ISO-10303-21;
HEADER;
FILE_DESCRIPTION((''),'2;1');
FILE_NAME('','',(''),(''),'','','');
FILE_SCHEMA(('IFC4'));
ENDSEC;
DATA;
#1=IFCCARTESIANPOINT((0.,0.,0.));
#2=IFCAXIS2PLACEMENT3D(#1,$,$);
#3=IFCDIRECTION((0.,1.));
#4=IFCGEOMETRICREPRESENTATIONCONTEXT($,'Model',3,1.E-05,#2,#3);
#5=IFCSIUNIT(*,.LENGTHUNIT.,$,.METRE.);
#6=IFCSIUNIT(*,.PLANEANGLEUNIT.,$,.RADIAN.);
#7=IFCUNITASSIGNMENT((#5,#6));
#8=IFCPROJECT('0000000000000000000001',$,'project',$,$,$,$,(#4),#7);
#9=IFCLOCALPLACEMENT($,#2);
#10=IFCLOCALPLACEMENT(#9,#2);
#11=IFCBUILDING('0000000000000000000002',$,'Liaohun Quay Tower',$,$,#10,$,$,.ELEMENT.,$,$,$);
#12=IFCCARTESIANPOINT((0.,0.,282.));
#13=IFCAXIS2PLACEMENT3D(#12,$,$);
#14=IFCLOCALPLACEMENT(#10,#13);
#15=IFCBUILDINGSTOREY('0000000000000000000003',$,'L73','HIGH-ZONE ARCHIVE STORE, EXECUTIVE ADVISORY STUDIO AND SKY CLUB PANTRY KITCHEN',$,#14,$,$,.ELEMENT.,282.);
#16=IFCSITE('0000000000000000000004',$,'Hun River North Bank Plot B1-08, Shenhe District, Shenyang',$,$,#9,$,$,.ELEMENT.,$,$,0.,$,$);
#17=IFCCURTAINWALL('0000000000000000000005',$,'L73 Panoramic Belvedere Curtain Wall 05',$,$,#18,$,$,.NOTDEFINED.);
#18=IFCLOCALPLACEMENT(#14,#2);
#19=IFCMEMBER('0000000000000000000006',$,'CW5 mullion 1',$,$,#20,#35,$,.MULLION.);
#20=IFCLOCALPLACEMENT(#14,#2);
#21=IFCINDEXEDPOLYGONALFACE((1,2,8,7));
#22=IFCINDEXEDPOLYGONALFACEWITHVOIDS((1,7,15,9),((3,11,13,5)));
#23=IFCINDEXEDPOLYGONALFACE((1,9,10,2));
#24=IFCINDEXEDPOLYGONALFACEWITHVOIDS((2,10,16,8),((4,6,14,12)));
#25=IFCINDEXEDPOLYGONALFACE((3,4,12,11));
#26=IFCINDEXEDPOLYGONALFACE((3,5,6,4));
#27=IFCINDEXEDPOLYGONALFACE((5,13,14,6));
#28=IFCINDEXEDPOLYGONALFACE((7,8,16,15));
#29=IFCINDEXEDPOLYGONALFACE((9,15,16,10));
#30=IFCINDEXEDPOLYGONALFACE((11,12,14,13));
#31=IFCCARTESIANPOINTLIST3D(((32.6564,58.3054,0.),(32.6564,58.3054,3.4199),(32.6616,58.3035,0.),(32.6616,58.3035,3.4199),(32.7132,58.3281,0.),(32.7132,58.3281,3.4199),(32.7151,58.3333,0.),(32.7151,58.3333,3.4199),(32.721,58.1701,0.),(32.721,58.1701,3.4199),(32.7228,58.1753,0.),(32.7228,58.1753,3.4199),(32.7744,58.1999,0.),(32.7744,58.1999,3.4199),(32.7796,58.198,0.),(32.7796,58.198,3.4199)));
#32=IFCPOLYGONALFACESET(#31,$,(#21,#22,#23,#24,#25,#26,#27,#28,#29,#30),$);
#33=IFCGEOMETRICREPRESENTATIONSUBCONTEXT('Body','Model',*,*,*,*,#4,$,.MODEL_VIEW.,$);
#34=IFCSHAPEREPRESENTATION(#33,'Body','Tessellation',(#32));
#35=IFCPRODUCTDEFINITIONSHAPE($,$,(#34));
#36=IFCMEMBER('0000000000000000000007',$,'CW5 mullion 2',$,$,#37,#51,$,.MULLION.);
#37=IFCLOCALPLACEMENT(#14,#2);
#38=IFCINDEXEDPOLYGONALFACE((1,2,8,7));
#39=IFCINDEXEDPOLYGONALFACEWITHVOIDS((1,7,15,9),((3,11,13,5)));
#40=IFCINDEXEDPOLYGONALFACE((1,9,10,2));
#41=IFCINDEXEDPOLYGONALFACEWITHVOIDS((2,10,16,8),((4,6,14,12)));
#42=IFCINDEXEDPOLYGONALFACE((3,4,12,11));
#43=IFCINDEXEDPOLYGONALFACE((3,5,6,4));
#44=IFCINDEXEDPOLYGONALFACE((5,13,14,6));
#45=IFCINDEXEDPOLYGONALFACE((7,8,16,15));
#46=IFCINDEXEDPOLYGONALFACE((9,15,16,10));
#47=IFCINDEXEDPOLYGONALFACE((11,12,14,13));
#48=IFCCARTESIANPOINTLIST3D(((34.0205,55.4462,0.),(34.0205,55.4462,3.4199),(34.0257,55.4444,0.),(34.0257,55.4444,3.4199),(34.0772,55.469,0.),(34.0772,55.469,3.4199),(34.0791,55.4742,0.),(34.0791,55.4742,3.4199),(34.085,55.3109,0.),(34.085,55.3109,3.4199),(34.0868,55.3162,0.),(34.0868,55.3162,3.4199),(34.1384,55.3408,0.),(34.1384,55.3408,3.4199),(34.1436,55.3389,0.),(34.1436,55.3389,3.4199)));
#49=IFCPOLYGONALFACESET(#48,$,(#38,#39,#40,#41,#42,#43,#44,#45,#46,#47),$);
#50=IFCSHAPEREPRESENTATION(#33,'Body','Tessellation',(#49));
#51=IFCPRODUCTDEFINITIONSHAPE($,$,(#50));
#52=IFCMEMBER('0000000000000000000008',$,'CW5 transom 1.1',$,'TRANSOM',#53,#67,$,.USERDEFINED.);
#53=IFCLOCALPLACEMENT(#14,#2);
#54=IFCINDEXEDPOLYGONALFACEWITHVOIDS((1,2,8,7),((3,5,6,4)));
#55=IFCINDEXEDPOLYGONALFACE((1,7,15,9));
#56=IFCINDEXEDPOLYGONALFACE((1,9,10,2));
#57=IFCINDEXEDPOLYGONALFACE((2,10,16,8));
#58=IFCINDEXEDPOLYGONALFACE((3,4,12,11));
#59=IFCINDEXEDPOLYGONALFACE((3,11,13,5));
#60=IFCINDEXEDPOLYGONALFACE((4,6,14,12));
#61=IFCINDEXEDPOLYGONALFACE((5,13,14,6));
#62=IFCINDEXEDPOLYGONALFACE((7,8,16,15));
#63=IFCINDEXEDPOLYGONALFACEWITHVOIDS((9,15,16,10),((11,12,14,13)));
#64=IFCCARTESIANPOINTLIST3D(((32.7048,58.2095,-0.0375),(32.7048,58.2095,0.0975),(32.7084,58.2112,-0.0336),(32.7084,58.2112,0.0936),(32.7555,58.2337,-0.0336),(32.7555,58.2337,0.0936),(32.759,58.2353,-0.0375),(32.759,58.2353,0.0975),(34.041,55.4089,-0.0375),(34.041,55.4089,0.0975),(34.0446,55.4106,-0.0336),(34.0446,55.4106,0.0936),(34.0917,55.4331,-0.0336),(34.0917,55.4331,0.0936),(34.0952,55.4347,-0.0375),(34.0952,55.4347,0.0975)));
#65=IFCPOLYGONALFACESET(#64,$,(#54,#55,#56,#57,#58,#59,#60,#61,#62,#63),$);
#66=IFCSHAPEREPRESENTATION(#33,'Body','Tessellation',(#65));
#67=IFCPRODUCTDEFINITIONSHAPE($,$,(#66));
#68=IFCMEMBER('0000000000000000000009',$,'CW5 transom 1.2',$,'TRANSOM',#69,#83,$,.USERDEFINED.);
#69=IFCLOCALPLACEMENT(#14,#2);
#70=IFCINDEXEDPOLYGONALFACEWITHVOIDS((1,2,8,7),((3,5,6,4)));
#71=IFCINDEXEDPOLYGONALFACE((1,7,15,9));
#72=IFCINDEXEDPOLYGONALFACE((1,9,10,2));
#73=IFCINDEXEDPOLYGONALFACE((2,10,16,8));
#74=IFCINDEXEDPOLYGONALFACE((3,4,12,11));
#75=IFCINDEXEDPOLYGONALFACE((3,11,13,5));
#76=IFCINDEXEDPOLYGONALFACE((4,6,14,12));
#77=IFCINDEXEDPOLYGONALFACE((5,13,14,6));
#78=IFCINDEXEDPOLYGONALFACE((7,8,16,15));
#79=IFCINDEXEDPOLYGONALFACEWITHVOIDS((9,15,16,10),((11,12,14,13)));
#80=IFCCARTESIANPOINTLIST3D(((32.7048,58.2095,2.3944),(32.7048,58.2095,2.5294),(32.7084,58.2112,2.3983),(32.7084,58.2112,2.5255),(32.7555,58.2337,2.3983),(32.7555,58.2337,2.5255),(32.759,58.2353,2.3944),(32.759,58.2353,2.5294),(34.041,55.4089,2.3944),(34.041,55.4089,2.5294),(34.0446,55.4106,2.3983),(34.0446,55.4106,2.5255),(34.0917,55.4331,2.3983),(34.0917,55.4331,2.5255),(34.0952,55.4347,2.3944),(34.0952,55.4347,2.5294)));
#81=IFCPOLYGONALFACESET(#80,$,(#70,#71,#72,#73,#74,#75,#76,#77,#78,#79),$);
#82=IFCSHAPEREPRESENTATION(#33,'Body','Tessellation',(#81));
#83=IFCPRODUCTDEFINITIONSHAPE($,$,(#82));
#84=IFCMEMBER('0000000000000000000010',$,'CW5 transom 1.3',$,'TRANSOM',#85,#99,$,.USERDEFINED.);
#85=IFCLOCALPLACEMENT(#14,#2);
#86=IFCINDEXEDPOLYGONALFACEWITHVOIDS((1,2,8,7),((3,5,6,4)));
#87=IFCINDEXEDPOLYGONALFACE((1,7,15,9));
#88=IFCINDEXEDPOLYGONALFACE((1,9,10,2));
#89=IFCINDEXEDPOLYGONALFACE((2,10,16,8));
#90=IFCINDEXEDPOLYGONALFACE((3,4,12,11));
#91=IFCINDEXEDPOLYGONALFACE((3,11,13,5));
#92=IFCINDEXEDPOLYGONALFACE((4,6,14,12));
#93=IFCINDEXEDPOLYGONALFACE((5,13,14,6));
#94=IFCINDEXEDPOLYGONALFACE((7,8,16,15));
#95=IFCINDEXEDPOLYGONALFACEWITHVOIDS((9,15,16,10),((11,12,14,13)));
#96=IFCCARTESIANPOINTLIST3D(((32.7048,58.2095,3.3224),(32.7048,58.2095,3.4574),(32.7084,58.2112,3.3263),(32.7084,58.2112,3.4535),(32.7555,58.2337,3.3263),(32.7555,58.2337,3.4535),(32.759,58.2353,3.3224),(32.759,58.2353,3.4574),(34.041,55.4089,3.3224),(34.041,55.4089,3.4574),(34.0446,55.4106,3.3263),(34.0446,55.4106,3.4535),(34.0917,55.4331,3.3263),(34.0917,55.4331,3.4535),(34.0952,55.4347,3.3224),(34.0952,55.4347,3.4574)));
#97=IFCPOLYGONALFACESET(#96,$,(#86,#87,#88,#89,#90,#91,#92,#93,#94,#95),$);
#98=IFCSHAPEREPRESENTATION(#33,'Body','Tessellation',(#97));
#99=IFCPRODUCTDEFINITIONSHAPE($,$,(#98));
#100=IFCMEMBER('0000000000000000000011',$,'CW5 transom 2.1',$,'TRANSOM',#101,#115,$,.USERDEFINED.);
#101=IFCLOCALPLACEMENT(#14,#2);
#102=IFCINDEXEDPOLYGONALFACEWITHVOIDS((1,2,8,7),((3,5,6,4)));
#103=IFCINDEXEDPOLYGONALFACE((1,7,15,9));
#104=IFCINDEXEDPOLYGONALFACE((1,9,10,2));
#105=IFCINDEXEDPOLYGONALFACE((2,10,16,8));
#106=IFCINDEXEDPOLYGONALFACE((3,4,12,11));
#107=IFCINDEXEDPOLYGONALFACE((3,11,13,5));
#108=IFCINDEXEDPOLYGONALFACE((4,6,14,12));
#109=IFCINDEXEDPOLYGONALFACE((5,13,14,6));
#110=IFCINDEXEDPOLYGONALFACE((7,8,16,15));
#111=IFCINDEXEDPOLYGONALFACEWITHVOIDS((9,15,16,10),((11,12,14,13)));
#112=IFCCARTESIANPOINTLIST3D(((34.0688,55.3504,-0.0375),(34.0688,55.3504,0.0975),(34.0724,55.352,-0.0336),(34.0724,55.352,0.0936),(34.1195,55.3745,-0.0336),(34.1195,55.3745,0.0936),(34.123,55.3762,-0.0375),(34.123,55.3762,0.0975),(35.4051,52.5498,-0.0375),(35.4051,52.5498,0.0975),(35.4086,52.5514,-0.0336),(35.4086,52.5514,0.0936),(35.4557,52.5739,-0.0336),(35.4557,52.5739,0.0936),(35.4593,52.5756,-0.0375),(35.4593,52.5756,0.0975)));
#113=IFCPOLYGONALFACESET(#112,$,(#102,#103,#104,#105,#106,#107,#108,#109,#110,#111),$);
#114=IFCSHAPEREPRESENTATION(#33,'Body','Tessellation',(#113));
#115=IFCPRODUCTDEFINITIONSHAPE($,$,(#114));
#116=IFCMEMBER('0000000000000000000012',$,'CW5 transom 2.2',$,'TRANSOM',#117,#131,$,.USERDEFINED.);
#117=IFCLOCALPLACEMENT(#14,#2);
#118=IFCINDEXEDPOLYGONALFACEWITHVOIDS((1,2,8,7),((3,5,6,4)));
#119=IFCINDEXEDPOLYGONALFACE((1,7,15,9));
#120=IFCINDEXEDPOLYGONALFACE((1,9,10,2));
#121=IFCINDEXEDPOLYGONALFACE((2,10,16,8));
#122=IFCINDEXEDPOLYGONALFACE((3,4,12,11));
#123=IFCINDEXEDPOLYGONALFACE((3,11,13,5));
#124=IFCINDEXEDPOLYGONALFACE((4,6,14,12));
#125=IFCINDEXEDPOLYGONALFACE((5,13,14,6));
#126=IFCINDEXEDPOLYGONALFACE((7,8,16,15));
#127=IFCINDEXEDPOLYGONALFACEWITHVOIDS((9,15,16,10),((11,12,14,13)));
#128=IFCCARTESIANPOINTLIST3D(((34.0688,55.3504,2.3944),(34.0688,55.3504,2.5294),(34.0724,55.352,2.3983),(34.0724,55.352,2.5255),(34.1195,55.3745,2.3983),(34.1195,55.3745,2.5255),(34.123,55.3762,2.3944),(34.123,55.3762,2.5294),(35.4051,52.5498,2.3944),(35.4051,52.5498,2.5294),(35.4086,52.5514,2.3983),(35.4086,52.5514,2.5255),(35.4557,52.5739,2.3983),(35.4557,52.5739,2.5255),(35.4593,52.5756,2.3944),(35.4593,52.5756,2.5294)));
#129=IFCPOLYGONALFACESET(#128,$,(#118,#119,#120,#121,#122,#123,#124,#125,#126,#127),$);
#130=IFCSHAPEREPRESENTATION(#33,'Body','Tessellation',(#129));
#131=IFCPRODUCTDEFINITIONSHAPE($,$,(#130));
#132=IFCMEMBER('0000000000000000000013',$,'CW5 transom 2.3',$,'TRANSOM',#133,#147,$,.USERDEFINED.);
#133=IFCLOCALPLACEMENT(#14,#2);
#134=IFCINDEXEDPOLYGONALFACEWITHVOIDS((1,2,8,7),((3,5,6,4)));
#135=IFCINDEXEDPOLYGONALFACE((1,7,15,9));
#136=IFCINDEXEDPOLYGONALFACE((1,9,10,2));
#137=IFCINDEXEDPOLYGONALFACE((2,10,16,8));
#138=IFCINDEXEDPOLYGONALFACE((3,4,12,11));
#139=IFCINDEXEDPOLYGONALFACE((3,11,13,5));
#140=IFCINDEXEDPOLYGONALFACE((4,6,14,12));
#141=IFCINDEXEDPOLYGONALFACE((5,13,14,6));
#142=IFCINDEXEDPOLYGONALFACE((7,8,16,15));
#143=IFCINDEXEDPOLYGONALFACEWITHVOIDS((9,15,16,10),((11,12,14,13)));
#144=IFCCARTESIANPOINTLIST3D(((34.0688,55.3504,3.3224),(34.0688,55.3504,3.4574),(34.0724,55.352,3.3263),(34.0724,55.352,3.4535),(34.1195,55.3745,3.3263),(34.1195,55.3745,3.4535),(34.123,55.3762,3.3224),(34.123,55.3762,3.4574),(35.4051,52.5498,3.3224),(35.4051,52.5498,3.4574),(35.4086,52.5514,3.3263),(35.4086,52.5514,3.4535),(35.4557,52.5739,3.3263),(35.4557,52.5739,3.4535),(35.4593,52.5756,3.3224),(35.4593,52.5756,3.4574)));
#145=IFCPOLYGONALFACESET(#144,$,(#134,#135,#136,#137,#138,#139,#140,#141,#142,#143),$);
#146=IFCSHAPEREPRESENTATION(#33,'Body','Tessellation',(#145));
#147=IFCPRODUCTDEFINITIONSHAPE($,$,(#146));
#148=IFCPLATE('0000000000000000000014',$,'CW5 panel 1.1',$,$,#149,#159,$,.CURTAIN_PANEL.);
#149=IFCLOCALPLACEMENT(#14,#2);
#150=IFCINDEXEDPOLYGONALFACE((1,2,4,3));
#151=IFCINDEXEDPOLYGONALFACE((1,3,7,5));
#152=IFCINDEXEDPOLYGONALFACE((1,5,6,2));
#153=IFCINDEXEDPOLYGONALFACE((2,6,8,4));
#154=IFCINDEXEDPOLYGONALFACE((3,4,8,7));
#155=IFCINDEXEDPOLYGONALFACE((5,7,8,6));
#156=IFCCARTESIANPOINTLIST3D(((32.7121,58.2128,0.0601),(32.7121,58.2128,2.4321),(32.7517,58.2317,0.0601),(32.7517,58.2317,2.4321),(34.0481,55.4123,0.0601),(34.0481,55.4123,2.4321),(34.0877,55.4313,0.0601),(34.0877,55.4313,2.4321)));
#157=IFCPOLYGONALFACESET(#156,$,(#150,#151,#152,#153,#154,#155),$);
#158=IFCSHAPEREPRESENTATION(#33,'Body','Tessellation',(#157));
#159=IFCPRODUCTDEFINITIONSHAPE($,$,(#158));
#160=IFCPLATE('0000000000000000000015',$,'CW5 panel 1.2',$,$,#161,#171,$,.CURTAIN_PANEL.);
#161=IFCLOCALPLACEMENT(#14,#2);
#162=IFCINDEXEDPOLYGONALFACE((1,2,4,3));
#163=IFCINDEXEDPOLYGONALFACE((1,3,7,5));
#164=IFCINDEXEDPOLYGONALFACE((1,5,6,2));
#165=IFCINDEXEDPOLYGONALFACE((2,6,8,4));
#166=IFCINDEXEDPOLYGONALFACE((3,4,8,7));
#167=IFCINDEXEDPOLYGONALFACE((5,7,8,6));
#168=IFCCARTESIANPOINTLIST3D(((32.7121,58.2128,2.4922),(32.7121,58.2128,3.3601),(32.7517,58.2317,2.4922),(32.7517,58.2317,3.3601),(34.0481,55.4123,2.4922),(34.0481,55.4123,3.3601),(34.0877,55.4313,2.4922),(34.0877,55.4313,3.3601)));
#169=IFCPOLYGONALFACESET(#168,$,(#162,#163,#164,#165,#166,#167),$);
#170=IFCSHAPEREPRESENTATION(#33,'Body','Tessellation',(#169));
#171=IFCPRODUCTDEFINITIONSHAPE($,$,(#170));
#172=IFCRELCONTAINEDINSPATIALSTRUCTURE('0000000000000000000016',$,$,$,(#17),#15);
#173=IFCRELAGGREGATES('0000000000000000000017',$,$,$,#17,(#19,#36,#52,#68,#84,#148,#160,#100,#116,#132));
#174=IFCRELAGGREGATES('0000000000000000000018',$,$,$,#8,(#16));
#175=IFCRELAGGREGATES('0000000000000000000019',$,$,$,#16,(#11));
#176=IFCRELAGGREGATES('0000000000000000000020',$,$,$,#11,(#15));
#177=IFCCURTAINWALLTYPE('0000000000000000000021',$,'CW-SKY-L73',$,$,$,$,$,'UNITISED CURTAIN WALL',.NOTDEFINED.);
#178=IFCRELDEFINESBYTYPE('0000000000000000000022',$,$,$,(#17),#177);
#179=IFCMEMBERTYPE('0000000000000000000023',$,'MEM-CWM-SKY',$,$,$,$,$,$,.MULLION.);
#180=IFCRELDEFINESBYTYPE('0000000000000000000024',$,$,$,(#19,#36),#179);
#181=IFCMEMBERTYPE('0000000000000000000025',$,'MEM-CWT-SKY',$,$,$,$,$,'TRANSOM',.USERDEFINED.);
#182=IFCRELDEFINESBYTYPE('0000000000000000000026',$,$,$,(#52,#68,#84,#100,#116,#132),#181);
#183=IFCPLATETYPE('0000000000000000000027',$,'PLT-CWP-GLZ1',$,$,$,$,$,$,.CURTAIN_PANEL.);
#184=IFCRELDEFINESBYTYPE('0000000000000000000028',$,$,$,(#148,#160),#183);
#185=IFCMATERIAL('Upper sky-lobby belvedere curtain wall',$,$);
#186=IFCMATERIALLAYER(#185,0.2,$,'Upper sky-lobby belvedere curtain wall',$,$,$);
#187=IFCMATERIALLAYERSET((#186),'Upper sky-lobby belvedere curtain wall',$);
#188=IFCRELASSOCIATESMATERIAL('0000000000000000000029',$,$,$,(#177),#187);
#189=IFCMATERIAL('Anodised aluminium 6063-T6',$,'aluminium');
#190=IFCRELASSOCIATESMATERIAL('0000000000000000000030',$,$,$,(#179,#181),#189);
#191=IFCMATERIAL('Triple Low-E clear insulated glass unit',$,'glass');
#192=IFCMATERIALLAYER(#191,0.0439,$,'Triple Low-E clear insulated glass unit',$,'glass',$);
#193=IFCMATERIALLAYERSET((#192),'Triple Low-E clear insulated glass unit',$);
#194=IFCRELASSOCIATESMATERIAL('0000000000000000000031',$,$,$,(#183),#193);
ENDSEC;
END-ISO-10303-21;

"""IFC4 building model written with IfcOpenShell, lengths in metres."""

from ifc_helpers import new_model, si_unit, direction, frame, origin, origin_2d, place, context, subcontext, project, spatial, rectangle, hollow_rectangle, extrude, source, transform, mapped, material, layer, layer_set, material_profile, profile_set, type_object, element, aggregate, save


model = new_model("IFC4")

# Units and contexts
model_context = context("Model", 3, precision=1e-05, world=origin(), true_north=direction((0.0, 1.0)))
body_context = subcontext(model_context, "Body", "Model", "MODEL_VIEW")
ifc_project = project(units=[si_unit("LENGTHUNIT", "METRE"), si_unit("PLANEANGLEUNIT", "RADIAN")], contexts=[model_context])

# Site, building, storey
site_placement = place(None, origin())
site = spatial("IfcSite", under=ifc_project, at=site_placement, Name="Hun River North Bank Plot B1-08, Shenhe District, Shenyang", CompositionType="ELEMENT", RefElevation=0.0)
building_placement = place(site_placement, origin())
building = spatial("IfcBuilding", under=site, at=building_placement, Name="Liaohun Quay Tower", CompositionType="ELEMENT")
storey_placement = place(building_placement, frame((0.0, 0.0, 282.0)))
storey = spatial("IfcBuildingStorey", under=building, at=storey_placement, Name="L73", Description="HIGH-ZONE ARCHIVE STORE, EXECUTIVE ADVISORY STUDIO AND SKY CLUB PANTRY KITCHEN", CompositionType="ELEMENT", Elevation=282.0)

# Curtain wall, members, plates
ifc_material_1 = material(Name="Upper sky-lobby belvedere curtain wall")
ifc_layer_1 = layer(ifc_material_1, 0.2, Name="Upper sky-lobby belvedere curtain wall")
ifc_layer_set_1 = layer_set([ifc_layer_1], Name="Upper sky-lobby belvedere curtain wall")
curtain_wall_type = type_object("IfcCurtainWallType", Name="CW-SKY-L73", ElementType="UNITISED CURTAIN WALL", PredefinedType="NOTDEFINED", material=ifc_layer_set_1)
curtain_wall_placement = place(storey_placement, origin())
curtain_wall = element("IfcCurtainWall", 1, at=curtain_wall_placement, inside=storey, type_object=curtain_wall_type, Name="L73 Panoramic Belvedere Curtain Wall 05", PredefinedType="NOTDEFINED")
ifc_material_2 = material(Name="Anodised aluminium 6063-T6", Category="aluminium")
ifc_material_profile_1 = material_profile(ifc_material_2, hollow_rectangle(XDim=0.0649, YDim=0.1499, WallThickness=0.0039, at=origin_2d()), Name="RHS150x65x4")
ifc_profile_set_1 = profile_set([ifc_material_profile_1], Name="Anodised aluminium 6063-T6")
member_type_1 = type_object("IfcMemberType", Name="MEM-CWM-SKY", PredefinedType="MULLION", material=ifc_profile_set_1)
shared_shape_1 = source(origin(), body_context, "Body", "SweptSolid", [
    extrude(hollow_rectangle(XDim=0.0649, YDim=0.1499, WallThickness=0.0039, at=origin_2d()), origin(), (0.0, 0.0, 1.0), 3.4199),
])
member_1_placement = place(storey_placement, frame((32.718, 58.2517, 0.0), z_axis=(0.0, 0.0, 1.0), x_axis=(0.902554, 0.430576, 0.0)))
member_1 = element("IfcMember", 2, at=member_1_placement, type_object=member_type_1, Name="CW5 mullion 1", PredefinedType="MULLION", context=body_context, shape_type="MappedRepresentation", body=[
    mapped(shared_shape_1, transform((0.0, 0.0, 0.0), x_axis=(1.0, 0.0, 0.0), y_axis=(0.0, 1.0, 0.0), z_axis=(0.0, 0.0, 1.0), scale=1.0)),
])
member_2_placement = place(storey_placement, frame((34.082, 55.3926, 0.0), z_axis=(0.0, 0.0, 1.0), x_axis=(0.902554, 0.430576, 0.0)))
member_2 = element("IfcMember", 3, at=member_2_placement, type_object=member_type_1, Name="CW5 mullion 2", PredefinedType="MULLION", context=body_context, shape_type="MappedRepresentation", body=[
    mapped(shared_shape_1, transform((0.0, 0.0, 0.0), x_axis=(1.0, 0.0, 0.0), y_axis=(0.0, 1.0, 0.0), z_axis=(0.0, 0.0, 1.0), scale=1.0)),
])
ifc_material_profile_2 = material_profile(ifc_material_2, hollow_rectangle(XDim=0.0601, YDim=0.135, WallThickness=0.0039, at=origin_2d()), Name="RHS135x60x4")
ifc_profile_set_2 = profile_set([ifc_material_profile_2], Name="Anodised aluminium 6063-T6")
member_type_2 = type_object("IfcMemberType", Name="MEM-CWT-SKY", ElementType="TRANSOM", PredefinedType="USERDEFINED", material=ifc_profile_set_2)
shared_shape_2 = source(origin(), body_context, "Body", "SweptSolid", [
    extrude(hollow_rectangle(XDim=0.0601, YDim=0.135, WallThickness=0.0039, at=origin_2d()), origin(), (0.0, 0.0, 1.0), 3.103),
])
member_3_placement = place(storey_placement, frame((32.7319, 58.2224, 0.03), z_axis=(0.430615, -0.902536, 0.0), x_axis=(0.902536, 0.430615, 0.0)))
member_3 = element("IfcMember", 4, at=member_3_placement, type_object=member_type_2, Name="CW5 transom 1.1", ObjectType="TRANSOM", PredefinedType="USERDEFINED", context=body_context, shape_type="MappedRepresentation", body=[
    mapped(shared_shape_2, transform((0.0, 0.0, 0.0), x_axis=(1.0, 0.0, 0.0), y_axis=(0.0, 1.0, 0.0), z_axis=(0.0, 0.0, 1.0), scale=1.0)),
])
member_4_placement = place(storey_placement, frame((32.7319, 58.2224, 2.4619), z_axis=(0.430615, -0.902536, 0.0), x_axis=(0.902536, 0.430615, 0.0)))
member_4 = element("IfcMember", 5, at=member_4_placement, type_object=member_type_2, Name="CW5 transom 1.2", ObjectType="TRANSOM", PredefinedType="USERDEFINED", context=body_context, shape_type="MappedRepresentation", body=[
    mapped(shared_shape_2, transform((0.0, 0.0, 0.0), x_axis=(1.0, 0.0, 0.0), y_axis=(0.0, 1.0, 0.0), z_axis=(0.0, 0.0, 1.0), scale=1.0)),
])
member_5_placement = place(storey_placement, frame((32.7319, 58.2224, 3.3899), z_axis=(0.430615, -0.902536, 0.0), x_axis=(0.902536, 0.430615, 0.0)))
member_5 = element("IfcMember", 6, at=member_5_placement, type_object=member_type_2, Name="CW5 transom 1.3", ObjectType="TRANSOM", PredefinedType="USERDEFINED", context=body_context, shape_type="MappedRepresentation", body=[
    mapped(shared_shape_2, transform((0.0, 0.0, 0.0), x_axis=(1.0, 0.0, 0.0), y_axis=(0.0, 1.0, 0.0), z_axis=(0.0, 0.0, 1.0), scale=1.0)),
])
member_6_placement = place(storey_placement, frame((34.0959, 55.3633, 0.03), z_axis=(0.430615, -0.902536, 0.0), x_axis=(0.902536, 0.430615, 0.0)))
member_6 = element("IfcMember", 7, at=member_6_placement, type_object=member_type_2, Name="CW5 transom 2.1", ObjectType="TRANSOM", PredefinedType="USERDEFINED", context=body_context, shape_type="MappedRepresentation", body=[
    mapped(shared_shape_2, transform((0.0, 0.0, 0.0), x_axis=(1.0, 0.0, 0.0), y_axis=(0.0, 1.0, 0.0), z_axis=(0.0, 0.0, 1.0), scale=1.0)),
])
member_7_placement = place(storey_placement, frame((34.0959, 55.3633, 2.4619), z_axis=(0.430615, -0.902536, 0.0), x_axis=(0.902536, 0.430615, 0.0)))
member_7 = element("IfcMember", 8, at=member_7_placement, type_object=member_type_2, Name="CW5 transom 2.2", ObjectType="TRANSOM", PredefinedType="USERDEFINED", context=body_context, shape_type="MappedRepresentation", body=[
    mapped(shared_shape_2, transform((0.0, 0.0, 0.0), x_axis=(1.0, 0.0, 0.0), y_axis=(0.0, 1.0, 0.0), z_axis=(0.0, 0.0, 1.0), scale=1.0)),
])
member_8_placement = place(storey_placement, frame((34.0959, 55.3633, 3.3899), z_axis=(0.430615, -0.902536, 0.0), x_axis=(0.902536, 0.430615, 0.0)))
member_8 = element("IfcMember", 9, at=member_8_placement, type_object=member_type_2, Name="CW5 transom 2.3", ObjectType="TRANSOM", PredefinedType="USERDEFINED", context=body_context, shape_type="MappedRepresentation", body=[
    mapped(shared_shape_2, transform((0.0, 0.0, 0.0), x_axis=(1.0, 0.0, 0.0), y_axis=(0.0, 1.0, 0.0), z_axis=(0.0, 0.0, 1.0), scale=1.0)),
])
ifc_material_3 = material(Name="Triple Low-E clear insulated glass unit", Category="glass")
ifc_layer_2 = layer(ifc_material_3, 0.0439, Name="Triple Low-E clear insulated glass unit", Category="glass")
ifc_layer_set_2 = layer_set([ifc_layer_2], Name="Triple Low-E clear insulated glass unit")
plate_type = type_object("IfcPlateType", Name="PLT-CWP-GLZ1", PredefinedType="CURTAIN_PANEL", material=ifc_layer_set_2)
shared_shape_3 = source(origin(), body_context, "Body", "SweptSolid", [
    extrude(rectangle(XDim=3.1028, YDim=0.0439, at=origin_2d()), origin(), (0.0, 0.0, 1.0), 2.3721),
])
plate_1_placement = place(storey_placement, frame((33.3999, 56.822, 0.0601), z_axis=(0.0, 0.0, 1.0), x_axis=(0.430576, -0.902554, 0.0)))
plate_1 = element("IfcPlate", 10, at=plate_1_placement, type_object=plate_type, Name="CW5 panel 1.1", PredefinedType="CURTAIN_PANEL", context=body_context, shape_type="MappedRepresentation", body=[
    mapped(shared_shape_3, transform((0.0, 0.0, 0.0), x_axis=(1.0, 0.0, 0.0), y_axis=(0.0, 1.0, 0.0), z_axis=(0.0, 0.0, 1.0), scale=1.0)),
])
shared_shape_4 = source(origin(), body_context, "Body", "SweptSolid", [
    extrude(rectangle(XDim=3.1028, YDim=0.0439, at=origin_2d()), origin(), (0.0, 0.0, 1.0), 0.8679),
])
plate_2_placement = place(storey_placement, frame((33.3999, 56.822, 2.4922), z_axis=(0.0, 0.0, 1.0), x_axis=(0.430576, -0.902554, 0.0)))
plate_2 = element("IfcPlate", 11, at=plate_2_placement, type_object=plate_type, Name="CW5 panel 1.2", PredefinedType="CURTAIN_PANEL", context=body_context, shape_type="MappedRepresentation", body=[
    mapped(shared_shape_4, transform((0.0, 0.0, 0.0), x_axis=(1.0, 0.0, 0.0), y_axis=(0.0, 1.0, 0.0), z_axis=(0.0, 0.0, 1.0), scale=1.0)),
])
aggregate(curtain_wall, [member_1, member_2, member_3, member_4, member_5, plate_1, plate_2, member_6, member_7, member_8])

save(model, "model.ifc")
